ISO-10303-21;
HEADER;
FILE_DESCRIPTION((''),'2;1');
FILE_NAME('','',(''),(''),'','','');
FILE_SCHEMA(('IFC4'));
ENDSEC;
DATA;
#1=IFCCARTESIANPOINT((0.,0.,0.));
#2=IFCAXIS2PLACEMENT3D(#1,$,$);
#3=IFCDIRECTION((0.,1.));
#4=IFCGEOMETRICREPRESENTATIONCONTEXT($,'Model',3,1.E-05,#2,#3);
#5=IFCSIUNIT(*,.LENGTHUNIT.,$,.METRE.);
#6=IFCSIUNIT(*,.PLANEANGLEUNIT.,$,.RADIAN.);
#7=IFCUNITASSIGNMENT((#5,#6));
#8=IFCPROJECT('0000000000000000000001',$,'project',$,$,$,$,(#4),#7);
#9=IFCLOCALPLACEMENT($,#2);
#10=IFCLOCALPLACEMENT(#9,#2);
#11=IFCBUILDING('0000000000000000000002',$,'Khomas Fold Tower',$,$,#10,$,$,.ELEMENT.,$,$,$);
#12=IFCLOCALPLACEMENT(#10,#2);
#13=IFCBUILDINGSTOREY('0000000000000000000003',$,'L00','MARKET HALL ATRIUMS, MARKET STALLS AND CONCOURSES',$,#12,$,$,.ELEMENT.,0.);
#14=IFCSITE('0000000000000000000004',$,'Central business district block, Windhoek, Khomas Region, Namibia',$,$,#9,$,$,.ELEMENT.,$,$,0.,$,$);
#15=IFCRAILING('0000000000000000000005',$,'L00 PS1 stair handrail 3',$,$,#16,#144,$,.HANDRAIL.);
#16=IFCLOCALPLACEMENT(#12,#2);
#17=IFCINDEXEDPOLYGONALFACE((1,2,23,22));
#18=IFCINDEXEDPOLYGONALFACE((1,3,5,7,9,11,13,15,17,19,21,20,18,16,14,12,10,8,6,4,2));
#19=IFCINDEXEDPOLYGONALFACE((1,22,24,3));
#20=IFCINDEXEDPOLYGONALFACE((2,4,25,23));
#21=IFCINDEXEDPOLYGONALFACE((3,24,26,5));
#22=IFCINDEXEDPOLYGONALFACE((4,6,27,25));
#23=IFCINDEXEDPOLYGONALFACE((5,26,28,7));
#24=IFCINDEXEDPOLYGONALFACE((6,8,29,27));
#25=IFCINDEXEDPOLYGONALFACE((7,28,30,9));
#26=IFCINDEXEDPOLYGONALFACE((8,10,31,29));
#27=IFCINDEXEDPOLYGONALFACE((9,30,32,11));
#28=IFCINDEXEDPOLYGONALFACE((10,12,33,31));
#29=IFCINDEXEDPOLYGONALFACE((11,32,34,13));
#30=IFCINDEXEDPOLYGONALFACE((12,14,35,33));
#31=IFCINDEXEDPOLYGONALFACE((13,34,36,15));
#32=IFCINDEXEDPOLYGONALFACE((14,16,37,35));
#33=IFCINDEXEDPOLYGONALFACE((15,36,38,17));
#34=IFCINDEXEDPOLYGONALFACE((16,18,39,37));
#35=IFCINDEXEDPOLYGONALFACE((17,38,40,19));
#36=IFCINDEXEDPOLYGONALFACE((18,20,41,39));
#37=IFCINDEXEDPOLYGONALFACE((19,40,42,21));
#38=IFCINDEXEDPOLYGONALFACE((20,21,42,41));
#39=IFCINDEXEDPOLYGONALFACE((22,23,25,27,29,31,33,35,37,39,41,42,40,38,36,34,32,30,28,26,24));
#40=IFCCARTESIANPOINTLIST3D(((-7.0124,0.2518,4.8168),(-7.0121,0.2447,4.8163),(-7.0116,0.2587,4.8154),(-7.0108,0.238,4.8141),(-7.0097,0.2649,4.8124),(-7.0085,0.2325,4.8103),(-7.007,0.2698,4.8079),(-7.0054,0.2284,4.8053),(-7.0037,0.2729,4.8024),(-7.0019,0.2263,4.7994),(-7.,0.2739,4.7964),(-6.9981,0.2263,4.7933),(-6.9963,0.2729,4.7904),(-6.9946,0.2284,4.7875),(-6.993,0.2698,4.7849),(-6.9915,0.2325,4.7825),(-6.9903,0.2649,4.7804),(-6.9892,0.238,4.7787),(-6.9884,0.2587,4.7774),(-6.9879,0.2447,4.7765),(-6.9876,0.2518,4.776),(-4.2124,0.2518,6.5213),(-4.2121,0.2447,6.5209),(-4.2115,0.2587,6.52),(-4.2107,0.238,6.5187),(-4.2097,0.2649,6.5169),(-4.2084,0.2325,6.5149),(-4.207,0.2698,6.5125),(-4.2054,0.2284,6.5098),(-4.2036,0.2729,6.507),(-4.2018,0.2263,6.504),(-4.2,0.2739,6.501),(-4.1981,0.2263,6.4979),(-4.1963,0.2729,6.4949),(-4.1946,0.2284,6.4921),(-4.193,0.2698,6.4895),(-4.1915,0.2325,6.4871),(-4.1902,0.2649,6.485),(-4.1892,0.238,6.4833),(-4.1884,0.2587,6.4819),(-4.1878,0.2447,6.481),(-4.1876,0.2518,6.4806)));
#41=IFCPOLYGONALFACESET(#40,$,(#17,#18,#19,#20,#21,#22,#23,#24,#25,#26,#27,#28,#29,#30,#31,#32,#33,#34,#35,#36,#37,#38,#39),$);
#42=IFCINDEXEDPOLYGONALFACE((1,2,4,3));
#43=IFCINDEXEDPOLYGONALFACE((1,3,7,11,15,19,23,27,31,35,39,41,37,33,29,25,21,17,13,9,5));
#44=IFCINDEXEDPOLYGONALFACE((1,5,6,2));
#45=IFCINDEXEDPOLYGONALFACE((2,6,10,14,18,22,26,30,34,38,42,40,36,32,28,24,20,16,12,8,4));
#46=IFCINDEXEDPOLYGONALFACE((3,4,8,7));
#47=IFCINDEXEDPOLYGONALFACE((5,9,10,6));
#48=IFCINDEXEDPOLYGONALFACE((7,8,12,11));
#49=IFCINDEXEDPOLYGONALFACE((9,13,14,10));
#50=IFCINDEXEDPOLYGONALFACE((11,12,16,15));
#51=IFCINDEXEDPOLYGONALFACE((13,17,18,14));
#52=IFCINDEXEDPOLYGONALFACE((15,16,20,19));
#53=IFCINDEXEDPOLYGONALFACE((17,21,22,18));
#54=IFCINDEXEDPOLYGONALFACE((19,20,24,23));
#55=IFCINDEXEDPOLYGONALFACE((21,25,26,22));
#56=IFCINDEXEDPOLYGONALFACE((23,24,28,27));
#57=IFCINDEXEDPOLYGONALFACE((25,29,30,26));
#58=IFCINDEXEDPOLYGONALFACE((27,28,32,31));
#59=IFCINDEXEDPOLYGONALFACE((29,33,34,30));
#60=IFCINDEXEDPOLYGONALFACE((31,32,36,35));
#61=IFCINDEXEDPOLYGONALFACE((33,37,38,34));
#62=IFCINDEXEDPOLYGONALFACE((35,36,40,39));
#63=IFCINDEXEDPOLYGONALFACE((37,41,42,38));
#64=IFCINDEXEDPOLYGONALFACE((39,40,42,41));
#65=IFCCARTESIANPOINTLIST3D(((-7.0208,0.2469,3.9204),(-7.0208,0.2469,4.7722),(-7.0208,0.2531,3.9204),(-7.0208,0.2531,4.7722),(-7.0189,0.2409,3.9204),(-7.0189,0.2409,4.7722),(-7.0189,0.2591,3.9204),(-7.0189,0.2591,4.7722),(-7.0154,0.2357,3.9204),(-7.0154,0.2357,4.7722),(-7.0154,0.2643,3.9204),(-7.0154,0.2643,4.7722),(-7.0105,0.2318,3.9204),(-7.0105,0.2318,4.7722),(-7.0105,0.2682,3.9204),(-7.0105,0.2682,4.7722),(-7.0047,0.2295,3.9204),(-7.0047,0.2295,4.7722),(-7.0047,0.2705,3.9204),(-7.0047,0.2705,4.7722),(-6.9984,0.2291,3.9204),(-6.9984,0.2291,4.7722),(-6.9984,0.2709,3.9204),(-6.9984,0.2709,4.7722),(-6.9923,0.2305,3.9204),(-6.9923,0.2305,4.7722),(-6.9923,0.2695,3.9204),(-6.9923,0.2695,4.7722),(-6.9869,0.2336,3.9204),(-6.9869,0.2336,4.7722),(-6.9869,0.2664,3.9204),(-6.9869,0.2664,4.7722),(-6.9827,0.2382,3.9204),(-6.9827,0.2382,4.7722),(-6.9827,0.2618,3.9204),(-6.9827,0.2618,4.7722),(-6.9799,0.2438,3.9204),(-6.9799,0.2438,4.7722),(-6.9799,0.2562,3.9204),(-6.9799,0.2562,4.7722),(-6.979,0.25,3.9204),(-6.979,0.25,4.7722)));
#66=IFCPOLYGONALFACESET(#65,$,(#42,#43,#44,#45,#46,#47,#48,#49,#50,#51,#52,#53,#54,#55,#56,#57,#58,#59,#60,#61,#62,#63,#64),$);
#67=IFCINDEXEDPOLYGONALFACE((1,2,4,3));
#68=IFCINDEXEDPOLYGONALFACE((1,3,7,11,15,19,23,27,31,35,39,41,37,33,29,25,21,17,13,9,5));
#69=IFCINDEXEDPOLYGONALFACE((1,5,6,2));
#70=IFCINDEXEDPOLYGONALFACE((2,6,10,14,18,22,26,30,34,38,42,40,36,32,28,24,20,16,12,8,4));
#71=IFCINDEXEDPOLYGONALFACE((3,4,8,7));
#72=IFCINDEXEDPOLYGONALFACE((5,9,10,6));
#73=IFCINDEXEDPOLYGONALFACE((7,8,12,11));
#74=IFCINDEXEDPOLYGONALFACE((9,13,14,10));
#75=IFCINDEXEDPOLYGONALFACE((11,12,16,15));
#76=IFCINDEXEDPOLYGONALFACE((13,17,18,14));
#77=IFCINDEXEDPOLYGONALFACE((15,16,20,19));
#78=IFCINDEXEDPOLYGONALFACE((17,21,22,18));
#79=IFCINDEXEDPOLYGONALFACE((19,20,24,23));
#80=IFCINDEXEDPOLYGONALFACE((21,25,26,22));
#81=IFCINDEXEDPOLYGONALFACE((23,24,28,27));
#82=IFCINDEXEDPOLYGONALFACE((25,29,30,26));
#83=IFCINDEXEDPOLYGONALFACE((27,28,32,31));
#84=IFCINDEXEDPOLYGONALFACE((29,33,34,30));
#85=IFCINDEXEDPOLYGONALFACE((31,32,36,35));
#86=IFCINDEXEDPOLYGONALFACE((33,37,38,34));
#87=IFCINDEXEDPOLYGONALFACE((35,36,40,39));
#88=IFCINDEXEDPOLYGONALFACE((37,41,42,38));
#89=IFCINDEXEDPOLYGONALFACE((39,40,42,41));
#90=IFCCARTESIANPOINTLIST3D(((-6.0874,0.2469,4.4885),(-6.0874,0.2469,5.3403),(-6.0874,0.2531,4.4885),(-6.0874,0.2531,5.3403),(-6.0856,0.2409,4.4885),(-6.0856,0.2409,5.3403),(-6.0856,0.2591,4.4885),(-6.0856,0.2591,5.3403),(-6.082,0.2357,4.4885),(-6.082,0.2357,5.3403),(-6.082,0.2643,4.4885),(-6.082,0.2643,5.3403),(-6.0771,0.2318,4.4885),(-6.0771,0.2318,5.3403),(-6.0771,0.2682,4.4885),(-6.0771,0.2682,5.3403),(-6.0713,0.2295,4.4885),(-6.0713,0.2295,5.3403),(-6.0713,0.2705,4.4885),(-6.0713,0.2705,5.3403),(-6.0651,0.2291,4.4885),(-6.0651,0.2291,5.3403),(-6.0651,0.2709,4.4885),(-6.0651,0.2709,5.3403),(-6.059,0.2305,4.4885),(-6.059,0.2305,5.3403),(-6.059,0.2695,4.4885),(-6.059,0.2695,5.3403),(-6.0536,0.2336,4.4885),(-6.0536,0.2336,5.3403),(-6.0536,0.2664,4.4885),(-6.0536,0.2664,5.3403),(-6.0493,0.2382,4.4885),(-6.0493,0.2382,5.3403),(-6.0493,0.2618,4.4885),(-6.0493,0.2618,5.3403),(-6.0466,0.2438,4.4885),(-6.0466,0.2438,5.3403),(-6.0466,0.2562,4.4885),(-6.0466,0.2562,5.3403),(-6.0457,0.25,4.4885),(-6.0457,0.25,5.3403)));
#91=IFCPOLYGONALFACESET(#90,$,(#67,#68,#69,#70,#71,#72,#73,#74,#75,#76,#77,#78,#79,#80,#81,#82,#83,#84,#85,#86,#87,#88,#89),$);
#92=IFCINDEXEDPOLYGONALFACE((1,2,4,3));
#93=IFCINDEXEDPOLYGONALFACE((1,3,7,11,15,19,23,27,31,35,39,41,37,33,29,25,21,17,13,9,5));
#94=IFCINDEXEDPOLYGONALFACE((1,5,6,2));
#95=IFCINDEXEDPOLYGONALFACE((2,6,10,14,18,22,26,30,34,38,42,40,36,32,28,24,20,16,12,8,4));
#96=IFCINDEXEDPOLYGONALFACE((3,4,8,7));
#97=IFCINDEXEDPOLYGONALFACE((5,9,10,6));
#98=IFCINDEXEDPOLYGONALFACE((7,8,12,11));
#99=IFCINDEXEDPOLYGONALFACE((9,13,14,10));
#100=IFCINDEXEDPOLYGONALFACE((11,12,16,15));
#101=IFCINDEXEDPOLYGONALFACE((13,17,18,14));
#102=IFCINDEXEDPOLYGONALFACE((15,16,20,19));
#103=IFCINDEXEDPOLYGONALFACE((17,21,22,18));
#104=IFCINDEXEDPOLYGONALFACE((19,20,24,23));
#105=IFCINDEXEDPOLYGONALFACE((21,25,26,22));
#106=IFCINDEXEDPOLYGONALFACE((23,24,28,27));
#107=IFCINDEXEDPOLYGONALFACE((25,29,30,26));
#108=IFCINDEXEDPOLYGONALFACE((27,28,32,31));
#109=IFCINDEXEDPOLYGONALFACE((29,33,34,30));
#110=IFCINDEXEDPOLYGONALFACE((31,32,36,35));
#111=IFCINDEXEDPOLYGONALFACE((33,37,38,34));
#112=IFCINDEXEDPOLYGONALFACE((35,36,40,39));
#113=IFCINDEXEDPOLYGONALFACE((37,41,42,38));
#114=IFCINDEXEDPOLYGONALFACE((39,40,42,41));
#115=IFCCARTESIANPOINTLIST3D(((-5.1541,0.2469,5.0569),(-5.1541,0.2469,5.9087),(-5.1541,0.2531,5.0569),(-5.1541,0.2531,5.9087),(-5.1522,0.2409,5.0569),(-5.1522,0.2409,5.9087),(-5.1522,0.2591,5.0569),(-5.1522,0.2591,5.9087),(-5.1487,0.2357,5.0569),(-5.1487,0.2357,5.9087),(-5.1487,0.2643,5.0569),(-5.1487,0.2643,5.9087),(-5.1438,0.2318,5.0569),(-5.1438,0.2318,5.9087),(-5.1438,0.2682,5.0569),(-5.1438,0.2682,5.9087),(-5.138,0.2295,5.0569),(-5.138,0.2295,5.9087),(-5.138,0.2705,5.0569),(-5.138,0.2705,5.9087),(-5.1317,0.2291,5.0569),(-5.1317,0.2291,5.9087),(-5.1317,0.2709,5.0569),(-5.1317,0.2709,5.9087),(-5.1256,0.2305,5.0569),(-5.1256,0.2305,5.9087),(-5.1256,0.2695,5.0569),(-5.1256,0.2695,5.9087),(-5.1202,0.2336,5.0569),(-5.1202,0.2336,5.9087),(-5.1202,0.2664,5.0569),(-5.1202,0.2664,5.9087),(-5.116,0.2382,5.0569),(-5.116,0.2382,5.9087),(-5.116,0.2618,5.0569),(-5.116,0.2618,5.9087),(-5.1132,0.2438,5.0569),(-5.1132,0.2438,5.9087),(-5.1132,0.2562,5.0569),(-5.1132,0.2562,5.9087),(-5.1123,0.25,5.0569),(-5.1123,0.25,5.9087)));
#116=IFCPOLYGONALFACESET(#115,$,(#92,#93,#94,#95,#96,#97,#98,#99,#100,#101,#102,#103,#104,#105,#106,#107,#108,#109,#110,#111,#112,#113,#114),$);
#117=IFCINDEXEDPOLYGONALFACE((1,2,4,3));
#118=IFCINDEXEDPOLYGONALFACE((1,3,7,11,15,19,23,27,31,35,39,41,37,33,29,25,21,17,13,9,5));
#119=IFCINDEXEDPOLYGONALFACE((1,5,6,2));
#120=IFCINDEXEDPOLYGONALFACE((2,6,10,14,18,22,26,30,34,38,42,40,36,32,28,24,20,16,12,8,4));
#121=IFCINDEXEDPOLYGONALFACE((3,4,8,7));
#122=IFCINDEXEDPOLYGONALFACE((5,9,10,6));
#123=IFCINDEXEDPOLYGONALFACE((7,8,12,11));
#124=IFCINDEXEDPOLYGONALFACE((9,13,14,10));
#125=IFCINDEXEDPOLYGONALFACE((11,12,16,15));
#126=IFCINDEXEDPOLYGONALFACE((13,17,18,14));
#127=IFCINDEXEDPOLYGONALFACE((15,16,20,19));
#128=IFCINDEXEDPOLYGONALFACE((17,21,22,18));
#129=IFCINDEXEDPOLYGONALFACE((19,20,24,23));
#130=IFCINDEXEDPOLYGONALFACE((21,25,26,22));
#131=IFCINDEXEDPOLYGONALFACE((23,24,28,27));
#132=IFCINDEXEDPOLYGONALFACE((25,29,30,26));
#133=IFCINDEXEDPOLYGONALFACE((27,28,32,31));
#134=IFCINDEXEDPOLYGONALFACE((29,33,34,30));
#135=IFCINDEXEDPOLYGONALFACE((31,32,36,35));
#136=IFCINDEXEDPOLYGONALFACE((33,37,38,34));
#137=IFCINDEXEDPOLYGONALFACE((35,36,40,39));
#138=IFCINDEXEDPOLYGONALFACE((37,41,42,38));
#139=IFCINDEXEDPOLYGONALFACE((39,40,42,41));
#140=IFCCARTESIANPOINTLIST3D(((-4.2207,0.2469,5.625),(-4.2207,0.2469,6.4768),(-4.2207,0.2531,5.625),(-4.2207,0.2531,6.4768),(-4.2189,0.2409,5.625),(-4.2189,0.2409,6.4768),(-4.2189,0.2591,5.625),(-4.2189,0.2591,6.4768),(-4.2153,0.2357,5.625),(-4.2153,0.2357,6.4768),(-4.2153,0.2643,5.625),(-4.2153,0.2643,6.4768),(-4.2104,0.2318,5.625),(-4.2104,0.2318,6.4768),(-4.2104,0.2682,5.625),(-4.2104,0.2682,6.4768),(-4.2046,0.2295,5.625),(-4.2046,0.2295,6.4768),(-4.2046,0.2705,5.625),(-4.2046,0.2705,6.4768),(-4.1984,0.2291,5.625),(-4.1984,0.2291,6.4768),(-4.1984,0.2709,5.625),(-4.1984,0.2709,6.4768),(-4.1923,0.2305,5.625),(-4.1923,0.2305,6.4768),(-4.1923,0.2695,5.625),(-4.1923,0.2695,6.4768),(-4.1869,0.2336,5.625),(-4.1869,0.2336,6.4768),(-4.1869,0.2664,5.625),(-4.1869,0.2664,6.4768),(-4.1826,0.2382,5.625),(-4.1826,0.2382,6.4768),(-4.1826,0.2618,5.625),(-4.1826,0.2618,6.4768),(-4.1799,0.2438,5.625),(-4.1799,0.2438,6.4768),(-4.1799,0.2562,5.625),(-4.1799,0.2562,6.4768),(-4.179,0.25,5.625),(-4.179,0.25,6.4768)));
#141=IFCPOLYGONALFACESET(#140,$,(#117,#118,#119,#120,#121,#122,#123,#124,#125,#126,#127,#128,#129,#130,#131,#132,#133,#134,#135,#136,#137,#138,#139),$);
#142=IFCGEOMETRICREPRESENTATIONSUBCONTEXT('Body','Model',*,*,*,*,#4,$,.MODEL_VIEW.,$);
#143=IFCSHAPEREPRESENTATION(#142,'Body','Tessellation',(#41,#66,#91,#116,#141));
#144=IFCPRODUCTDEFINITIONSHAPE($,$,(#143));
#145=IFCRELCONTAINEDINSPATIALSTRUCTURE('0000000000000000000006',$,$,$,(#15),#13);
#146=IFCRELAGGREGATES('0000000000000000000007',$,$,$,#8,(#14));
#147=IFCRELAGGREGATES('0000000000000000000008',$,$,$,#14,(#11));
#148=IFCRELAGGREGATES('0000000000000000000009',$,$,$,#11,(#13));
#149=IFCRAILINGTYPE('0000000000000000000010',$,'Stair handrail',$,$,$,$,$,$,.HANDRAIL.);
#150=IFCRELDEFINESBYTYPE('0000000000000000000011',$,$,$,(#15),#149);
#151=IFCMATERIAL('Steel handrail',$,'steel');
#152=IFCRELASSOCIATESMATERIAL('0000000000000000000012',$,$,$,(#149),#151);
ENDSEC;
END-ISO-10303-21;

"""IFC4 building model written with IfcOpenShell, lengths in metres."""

from ifc_helpers import new_model, si_unit, direction, frame, origin, origin_2d, place, context, subcontext, project, spatial, circle, extrude, source, transform, mapped, material, type_object, element, save


model = new_model("IFC4")

# Units and contexts
model_context = context("Model", 3, precision=1e-05, world=origin(), true_north=direction((0.0, 1.0)))
body_context = subcontext(model_context, "Body", "Model", "MODEL_VIEW")
ifc_project = project(units=[si_unit("LENGTHUNIT", "METRE"), si_unit("PLANEANGLEUNIT", "RADIAN")], contexts=[model_context])

# Site, building, storey
site_placement = place(None, origin())
site = spatial("IfcSite", under=ifc_project, at=site_placement, Name="Central business district block, Windhoek, Khomas Region, Namibia", CompositionType="ELEMENT", RefElevation=0.0)
building_placement = place(site_placement, origin())
building = spatial("IfcBuilding", under=site, at=building_placement, Name="Khomas Fold Tower", CompositionType="ELEMENT")
storey_placement = place(building_placement, origin())
storey = spatial("IfcBuildingStorey", under=building, at=storey_placement, Name="L00", Description="MARKET HALL ATRIUMS, MARKET STALLS AND CONCOURSES", CompositionType="ELEMENT", Elevation=0.0)

# Railing
ifc_material_1 = material(Name="Steel handrail", Category="steel")
railing_type_1 = type_object("IfcRailingType", Name="Stair handrail", PredefinedType="HANDRAIL", material=ifc_material_1)
shared_shape_1 = source(origin(), body_context, "Body", "SweptSolid", [
    extrude(circle(Radius=0.0239, at=origin_2d()), frame((0.0, 0.0, 0.876), z_axis=(0.85417, 0.0, 0.519994), x_axis=(0.0, 1.0, 0.0)), (0.0, 0.0, 1.0), 3.2781),
    extrude(circle(Radius=0.021, at=origin_2d()), origin(), (0.0, 0.0, 1.0), 0.8518),
    extrude(circle(Radius=0.021, at=origin_2d()), frame((0.9333, 0.0, 0.5681)), (0.0, 0.0, 1.0), 0.8518),
    extrude(circle(Radius=0.021, at=origin_2d()), frame((1.8667, 0.0, 1.1365)), (0.0, 0.0, 1.0), 0.8518),
    extrude(circle(Radius=0.021, at=origin_2d()), frame((2.8, 0.0, 1.7046)), (0.0, 0.0, 1.0), 0.8518),
])
for number, where, name in (
    (1, (-7.0, 0.25, 3.9204), "L00 PS1 stair handrail 3"),
):
    element("IfcRailing", number, at=place(storey_placement, frame(where)), inside=storey, type_object=railing_type_1, Name=name, PredefinedType="HANDRAIL", context=body_context, shape_type="MappedRepresentation", body=[
        mapped(shared_shape_1, transform((0.0, 0.0, 0.0))),
    ])

save(model, "model.ifc")
